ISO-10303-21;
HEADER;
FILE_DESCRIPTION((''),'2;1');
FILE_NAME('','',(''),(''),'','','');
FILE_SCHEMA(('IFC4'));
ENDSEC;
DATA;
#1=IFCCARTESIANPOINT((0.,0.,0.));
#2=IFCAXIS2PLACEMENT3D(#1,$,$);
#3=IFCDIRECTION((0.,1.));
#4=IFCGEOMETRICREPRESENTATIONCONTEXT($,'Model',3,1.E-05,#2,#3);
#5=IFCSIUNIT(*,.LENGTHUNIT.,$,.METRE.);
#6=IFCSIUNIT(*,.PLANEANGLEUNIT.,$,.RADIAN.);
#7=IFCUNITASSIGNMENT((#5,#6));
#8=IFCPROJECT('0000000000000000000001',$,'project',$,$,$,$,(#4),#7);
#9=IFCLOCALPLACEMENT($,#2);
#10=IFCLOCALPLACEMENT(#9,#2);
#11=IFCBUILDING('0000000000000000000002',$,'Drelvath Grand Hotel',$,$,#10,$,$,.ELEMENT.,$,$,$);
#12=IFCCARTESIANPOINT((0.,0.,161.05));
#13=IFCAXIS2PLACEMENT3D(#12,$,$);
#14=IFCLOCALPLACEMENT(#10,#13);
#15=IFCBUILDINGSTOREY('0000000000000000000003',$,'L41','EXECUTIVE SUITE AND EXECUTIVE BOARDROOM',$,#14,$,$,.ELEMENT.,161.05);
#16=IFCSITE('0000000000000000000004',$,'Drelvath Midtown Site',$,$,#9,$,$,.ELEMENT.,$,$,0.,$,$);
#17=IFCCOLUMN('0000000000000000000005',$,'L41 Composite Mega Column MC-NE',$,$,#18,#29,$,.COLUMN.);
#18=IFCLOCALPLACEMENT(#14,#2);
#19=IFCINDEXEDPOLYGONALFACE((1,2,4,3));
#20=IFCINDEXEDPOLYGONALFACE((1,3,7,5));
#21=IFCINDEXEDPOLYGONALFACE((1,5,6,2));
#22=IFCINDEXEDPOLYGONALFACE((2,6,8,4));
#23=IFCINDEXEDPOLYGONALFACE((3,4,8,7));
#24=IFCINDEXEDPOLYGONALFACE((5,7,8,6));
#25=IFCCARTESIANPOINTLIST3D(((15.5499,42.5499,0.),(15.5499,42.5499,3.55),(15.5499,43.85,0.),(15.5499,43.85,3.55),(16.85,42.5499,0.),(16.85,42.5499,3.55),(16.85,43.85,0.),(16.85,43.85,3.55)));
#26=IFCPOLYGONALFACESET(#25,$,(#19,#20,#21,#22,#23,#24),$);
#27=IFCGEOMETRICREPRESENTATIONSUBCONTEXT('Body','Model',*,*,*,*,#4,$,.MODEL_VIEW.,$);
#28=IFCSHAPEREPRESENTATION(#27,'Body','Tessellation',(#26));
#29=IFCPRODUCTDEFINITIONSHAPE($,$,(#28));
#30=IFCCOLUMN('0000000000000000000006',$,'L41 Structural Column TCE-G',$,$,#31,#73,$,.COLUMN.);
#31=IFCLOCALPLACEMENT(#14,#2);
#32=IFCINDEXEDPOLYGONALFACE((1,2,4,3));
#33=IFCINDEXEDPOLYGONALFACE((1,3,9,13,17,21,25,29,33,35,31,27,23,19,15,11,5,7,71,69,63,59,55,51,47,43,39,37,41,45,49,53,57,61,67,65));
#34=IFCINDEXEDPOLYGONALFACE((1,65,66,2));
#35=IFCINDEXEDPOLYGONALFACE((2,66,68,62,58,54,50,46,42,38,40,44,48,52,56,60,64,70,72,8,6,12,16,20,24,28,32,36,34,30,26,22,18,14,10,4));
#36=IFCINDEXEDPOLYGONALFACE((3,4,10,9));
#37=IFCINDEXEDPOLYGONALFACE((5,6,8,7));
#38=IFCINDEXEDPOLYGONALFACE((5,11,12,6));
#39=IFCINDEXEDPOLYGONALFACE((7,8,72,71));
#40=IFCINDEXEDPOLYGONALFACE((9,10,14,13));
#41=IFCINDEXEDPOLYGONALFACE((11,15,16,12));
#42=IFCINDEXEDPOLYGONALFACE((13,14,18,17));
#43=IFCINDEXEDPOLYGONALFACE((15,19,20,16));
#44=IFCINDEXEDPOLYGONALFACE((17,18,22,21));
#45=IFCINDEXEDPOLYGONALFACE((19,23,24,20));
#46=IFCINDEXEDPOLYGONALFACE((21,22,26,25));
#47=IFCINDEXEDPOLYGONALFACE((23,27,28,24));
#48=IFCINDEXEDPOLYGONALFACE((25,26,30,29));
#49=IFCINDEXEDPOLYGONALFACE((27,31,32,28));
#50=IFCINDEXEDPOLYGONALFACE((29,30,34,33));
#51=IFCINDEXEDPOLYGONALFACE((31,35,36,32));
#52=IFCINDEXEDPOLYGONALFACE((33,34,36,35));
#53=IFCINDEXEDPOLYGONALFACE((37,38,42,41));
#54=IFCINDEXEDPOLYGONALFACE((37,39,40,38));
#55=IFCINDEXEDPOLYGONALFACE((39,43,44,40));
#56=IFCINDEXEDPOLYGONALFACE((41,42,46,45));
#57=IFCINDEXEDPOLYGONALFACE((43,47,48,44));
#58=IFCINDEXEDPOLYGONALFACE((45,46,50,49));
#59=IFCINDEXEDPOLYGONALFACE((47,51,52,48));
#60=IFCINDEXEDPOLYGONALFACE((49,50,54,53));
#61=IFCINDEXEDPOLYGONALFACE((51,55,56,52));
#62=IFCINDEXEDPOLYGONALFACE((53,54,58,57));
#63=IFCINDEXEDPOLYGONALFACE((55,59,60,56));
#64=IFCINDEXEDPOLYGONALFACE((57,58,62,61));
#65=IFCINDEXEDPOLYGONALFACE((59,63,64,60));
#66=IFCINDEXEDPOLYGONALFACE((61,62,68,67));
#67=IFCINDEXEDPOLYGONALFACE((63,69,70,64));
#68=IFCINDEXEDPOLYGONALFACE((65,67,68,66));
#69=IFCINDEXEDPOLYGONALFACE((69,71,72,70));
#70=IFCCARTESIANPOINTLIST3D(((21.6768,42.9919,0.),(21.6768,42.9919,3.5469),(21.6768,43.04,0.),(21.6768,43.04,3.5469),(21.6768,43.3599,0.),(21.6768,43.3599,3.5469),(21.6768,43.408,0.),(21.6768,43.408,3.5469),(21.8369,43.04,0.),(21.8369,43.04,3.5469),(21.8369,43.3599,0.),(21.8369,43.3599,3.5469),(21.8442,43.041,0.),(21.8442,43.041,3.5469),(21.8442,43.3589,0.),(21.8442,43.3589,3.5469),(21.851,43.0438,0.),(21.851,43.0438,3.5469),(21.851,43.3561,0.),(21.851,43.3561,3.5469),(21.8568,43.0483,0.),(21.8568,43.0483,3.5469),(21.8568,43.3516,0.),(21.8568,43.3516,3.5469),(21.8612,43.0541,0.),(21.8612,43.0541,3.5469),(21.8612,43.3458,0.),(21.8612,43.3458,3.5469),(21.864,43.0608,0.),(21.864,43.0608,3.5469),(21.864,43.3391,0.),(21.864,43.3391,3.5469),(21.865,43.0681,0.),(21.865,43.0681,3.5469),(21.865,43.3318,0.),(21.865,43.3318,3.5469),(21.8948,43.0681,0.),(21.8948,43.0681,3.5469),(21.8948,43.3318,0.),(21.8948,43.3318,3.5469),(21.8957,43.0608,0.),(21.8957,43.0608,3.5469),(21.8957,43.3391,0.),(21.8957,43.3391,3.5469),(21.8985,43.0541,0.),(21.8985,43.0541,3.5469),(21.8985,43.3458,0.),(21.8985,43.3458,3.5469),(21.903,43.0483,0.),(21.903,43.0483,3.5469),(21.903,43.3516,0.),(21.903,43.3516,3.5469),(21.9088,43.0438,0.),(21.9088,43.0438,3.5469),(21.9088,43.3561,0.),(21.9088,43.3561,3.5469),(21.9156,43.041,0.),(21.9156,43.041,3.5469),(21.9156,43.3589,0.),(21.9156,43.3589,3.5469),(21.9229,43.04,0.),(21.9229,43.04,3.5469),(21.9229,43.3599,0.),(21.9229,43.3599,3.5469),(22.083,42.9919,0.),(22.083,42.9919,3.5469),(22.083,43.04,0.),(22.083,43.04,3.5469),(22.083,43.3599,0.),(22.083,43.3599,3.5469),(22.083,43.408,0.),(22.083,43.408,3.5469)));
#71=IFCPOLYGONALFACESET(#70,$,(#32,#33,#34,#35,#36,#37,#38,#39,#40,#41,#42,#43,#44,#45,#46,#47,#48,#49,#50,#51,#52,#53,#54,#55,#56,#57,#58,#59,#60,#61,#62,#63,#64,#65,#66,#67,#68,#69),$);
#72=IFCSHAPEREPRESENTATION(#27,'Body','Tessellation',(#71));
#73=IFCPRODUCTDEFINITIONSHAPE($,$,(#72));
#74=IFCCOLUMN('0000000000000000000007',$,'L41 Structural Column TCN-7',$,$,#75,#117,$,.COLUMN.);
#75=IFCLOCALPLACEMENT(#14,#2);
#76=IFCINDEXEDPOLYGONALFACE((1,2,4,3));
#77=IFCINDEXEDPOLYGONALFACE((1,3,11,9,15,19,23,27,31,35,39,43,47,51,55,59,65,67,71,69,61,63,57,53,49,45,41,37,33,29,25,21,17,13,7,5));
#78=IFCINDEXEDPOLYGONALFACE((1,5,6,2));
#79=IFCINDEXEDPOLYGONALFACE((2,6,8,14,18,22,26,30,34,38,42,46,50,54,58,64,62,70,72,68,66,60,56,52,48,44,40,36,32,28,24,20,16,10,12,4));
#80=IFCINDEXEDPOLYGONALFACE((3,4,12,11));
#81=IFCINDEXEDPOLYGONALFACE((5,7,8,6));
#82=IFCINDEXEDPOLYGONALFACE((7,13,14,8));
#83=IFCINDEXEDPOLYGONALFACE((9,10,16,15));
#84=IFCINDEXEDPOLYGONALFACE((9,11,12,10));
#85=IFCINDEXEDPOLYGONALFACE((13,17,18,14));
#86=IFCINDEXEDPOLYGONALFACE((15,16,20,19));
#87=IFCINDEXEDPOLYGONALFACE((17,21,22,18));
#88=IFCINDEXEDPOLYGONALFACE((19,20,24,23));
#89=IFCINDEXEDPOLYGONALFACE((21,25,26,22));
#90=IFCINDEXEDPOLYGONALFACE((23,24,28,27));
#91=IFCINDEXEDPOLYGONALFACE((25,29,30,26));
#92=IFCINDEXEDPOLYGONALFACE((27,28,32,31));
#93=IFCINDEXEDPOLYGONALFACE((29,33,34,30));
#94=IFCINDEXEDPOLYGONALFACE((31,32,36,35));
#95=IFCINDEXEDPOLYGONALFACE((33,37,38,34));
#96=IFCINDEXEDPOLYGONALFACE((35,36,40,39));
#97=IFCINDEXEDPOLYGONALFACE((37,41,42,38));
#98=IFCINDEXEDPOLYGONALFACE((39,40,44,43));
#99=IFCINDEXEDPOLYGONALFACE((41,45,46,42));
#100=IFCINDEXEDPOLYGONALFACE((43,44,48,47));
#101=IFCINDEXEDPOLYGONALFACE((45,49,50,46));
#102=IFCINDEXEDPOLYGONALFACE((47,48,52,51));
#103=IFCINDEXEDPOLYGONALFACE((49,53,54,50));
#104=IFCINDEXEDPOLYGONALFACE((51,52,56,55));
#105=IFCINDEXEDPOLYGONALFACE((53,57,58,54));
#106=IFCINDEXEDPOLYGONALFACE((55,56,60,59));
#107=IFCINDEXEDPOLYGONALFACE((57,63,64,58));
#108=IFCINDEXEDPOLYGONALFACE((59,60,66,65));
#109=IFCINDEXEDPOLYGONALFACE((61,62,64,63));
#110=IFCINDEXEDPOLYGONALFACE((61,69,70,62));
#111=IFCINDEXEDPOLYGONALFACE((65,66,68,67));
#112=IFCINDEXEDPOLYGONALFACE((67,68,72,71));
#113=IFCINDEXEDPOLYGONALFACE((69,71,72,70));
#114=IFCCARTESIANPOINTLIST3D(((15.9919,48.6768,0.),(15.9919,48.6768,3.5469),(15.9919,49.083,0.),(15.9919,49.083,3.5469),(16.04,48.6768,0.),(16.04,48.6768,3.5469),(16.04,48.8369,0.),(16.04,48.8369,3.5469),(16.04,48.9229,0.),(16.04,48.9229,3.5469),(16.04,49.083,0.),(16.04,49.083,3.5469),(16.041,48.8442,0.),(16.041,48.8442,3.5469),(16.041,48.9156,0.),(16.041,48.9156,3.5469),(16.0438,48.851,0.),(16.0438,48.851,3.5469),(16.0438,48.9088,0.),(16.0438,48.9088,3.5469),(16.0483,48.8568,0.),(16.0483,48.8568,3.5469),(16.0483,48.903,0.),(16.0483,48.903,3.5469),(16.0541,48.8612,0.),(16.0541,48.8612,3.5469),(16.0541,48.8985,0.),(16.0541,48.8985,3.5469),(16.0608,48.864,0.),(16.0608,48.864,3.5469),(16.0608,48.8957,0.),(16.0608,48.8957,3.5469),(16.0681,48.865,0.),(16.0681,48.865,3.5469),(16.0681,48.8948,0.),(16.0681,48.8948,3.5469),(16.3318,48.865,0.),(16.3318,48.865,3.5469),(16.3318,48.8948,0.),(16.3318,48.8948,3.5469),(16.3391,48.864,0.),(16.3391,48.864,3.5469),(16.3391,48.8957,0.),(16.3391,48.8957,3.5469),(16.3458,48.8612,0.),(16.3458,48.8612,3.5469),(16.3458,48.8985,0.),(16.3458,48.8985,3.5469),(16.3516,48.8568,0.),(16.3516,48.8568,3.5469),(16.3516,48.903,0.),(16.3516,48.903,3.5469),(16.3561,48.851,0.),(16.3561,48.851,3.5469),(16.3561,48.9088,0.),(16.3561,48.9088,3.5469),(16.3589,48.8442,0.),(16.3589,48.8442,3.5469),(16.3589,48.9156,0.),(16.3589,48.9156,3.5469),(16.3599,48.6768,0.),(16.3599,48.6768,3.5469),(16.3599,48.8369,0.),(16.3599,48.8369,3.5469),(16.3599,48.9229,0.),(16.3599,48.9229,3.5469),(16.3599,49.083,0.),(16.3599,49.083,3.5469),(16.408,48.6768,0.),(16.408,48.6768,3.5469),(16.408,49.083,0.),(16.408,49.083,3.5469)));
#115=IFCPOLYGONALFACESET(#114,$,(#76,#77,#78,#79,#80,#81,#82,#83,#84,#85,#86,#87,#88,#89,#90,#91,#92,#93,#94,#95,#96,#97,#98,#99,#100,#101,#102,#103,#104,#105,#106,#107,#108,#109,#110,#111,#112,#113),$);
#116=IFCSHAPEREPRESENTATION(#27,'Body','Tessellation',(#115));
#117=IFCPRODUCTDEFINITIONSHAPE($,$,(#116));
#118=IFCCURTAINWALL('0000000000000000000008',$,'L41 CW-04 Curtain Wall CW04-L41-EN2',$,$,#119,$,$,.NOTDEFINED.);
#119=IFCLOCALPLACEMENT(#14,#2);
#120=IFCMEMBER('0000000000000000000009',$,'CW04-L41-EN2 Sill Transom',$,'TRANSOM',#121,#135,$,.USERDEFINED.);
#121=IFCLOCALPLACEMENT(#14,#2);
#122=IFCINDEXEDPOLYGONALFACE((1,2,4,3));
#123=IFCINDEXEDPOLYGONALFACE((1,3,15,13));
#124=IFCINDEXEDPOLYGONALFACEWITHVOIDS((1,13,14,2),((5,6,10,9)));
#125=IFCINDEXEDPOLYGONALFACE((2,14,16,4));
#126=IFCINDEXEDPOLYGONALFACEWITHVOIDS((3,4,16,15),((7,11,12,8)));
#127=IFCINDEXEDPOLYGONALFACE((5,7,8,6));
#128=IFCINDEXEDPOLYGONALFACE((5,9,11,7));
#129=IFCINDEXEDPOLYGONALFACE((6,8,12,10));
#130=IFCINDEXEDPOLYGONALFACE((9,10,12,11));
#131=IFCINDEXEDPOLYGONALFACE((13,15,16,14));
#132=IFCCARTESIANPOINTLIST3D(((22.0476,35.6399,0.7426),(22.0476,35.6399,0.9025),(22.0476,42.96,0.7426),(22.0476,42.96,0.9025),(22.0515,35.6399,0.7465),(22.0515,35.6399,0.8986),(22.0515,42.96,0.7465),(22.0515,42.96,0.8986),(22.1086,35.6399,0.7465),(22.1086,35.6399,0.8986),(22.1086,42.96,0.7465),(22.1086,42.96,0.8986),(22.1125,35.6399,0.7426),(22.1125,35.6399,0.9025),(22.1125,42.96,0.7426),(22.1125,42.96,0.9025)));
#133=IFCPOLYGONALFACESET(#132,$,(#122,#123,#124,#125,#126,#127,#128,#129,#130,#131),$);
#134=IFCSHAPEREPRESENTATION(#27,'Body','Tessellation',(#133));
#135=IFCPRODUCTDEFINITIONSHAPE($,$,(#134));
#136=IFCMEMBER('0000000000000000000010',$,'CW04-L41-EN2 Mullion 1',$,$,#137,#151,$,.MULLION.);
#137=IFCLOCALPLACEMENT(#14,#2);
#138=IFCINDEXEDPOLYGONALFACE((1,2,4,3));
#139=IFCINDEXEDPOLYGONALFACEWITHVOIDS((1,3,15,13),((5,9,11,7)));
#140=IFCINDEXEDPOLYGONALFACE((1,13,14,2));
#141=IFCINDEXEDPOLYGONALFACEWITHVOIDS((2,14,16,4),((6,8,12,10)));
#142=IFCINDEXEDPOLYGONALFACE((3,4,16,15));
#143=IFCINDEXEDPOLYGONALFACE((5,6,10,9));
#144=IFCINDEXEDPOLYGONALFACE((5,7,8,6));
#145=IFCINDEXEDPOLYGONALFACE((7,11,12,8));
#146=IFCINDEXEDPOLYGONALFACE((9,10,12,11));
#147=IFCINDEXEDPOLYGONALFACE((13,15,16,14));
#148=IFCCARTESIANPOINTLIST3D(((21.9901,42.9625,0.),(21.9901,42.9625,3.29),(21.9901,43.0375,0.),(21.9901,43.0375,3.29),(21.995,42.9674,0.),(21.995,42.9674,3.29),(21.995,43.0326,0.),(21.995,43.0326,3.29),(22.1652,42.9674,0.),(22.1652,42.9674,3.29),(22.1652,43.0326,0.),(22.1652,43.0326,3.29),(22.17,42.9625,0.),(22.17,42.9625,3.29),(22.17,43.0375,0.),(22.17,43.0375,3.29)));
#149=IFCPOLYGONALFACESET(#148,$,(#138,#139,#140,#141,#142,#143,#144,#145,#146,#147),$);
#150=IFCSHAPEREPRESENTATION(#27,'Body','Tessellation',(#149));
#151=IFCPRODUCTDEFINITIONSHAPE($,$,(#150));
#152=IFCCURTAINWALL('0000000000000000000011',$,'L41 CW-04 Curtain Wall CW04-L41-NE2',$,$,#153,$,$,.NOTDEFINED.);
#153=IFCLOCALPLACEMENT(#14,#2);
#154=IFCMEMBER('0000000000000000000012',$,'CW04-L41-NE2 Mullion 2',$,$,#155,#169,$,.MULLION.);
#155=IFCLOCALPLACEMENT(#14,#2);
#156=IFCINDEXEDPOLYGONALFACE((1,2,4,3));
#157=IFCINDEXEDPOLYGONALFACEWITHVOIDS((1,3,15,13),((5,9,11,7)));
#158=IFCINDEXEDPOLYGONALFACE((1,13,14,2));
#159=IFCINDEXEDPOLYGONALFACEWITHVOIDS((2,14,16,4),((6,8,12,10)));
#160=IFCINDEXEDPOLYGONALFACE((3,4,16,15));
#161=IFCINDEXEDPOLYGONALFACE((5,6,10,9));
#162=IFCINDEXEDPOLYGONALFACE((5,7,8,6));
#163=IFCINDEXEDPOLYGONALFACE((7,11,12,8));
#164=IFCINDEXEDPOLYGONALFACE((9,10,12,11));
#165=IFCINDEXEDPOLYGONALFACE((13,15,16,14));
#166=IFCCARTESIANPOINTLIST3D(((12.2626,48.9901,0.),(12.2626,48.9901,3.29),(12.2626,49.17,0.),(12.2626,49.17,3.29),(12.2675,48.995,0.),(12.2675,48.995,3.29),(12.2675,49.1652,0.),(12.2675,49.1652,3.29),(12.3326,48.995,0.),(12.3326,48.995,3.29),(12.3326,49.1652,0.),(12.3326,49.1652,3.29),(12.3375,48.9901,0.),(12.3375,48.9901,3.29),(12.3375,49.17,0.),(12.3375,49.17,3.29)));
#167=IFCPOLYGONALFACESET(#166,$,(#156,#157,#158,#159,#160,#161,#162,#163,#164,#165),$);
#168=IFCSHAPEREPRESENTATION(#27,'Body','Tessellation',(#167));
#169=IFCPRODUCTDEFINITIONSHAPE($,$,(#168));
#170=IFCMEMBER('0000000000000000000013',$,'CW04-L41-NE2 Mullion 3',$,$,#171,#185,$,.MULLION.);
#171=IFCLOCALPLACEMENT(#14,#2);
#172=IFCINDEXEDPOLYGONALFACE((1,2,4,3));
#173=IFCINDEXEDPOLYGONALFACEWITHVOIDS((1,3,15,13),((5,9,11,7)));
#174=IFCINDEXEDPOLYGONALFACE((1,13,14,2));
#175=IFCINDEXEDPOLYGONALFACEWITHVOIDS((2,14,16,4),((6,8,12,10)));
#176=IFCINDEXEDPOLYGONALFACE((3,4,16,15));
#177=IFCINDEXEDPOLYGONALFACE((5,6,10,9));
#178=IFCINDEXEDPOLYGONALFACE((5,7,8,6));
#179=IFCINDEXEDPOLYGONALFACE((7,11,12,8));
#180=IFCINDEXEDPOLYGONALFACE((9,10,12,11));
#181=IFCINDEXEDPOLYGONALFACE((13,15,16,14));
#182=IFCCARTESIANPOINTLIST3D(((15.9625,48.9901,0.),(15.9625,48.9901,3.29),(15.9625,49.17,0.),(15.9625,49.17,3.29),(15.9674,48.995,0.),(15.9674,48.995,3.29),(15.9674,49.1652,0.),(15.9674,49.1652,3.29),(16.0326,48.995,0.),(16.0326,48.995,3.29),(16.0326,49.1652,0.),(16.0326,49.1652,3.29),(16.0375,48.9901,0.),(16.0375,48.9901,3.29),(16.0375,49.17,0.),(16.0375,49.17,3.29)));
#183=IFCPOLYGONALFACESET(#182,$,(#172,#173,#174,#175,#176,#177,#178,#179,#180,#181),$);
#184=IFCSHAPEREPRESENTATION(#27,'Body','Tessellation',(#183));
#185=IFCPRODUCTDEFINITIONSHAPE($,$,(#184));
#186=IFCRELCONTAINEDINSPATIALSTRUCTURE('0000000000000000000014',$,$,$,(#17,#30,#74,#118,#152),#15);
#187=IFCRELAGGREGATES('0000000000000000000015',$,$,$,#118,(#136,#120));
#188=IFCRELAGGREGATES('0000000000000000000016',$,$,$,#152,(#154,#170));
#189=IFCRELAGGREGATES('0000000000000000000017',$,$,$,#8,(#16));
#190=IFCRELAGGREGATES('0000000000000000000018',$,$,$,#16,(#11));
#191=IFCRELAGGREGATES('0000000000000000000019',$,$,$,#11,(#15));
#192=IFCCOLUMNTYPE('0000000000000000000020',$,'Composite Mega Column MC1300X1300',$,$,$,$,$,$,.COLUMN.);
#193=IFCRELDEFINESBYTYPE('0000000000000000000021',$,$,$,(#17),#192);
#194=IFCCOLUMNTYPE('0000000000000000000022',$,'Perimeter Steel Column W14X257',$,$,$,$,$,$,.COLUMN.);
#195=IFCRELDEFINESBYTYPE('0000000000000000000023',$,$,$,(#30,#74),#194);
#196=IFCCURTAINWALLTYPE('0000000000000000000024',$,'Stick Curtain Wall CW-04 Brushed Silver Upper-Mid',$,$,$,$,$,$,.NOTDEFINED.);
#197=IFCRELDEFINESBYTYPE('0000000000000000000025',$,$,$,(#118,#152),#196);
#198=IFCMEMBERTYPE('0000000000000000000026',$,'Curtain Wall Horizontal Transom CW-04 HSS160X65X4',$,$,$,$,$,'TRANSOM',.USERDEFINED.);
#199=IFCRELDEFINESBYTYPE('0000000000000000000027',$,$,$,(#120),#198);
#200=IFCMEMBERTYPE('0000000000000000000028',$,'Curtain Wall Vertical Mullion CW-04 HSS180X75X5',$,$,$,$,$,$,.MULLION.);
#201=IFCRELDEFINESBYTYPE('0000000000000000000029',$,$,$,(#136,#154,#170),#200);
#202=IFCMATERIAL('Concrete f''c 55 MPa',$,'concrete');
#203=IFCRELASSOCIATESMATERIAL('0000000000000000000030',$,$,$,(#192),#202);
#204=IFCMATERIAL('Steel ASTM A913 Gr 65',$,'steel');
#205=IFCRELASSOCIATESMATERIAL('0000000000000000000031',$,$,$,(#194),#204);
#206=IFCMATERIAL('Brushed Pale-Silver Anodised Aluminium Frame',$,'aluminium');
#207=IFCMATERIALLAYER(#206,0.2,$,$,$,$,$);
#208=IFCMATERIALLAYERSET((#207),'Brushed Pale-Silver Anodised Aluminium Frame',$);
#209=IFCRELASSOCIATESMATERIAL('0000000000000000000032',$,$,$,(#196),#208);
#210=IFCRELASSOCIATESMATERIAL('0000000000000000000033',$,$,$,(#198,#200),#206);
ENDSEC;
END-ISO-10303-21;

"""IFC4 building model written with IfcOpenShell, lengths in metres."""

from ifc_helpers import new_model, si_unit, direction, frame, origin, origin_2d, place, context, subcontext, project, spatial, rectangle, hollow_rectangle, i_section, extrude, material, layer, layer_set, material_profile, profile_set, type_object, element, aggregate, save


model = new_model("IFC4")

# Units and contexts
model_context = context("Model", 3, precision=1e-05, world=origin(), true_north=direction((0.0, 1.0)))
body_context = subcontext(model_context, "Body", "Model", "MODEL_VIEW")
ifc_project = project(units=[si_unit("LENGTHUNIT", "METRE"), si_unit("PLANEANGLEUNIT", "RADIAN")], contexts=[model_context])

# Site, building, storey
site_placement = place(None, origin())
site = spatial("IfcSite", under=ifc_project, at=site_placement, Name="Drelvath Midtown Site", CompositionType="ELEMENT", RefElevation=0.0)
building_placement = place(site_placement, origin())
building = spatial("IfcBuilding", under=site, at=building_placement, Name="Drelvath Grand Hotel", CompositionType="ELEMENT")
storey_placement = place(building_placement, frame((0.0, 0.0, 161.05)))
storey = spatial("IfcBuildingStorey", under=building, at=storey_placement, Name="L41", Description="EXECUTIVE SUITE AND EXECUTIVE BOARDROOM", CompositionType="ELEMENT", Elevation=161.05)

# Columns
ifc_material_1 = material(Name="Concrete f'c 55 MPa", Category="concrete")
ifc_material_profile_1 = material_profile(ifc_material_1, rectangle(XDim=1.3, YDim=1.3, at=origin_2d()), Name="MC1300X1300")
ifc_profile_set_1 = profile_set([ifc_material_profile_1], Name="Concrete f'c 55 MPa")
column_type_1 = type_object("IfcColumnType", Name="Composite Mega Column MC1300X1300", PredefinedType="COLUMN", material=ifc_profile_set_1)
column_placement = place(storey_placement, frame((16.2, 43.2, 0.0), z_axis=(0.0, 0.0, 1.0), x_axis=(1.0, 0.0, 0.0)))
element("IfcColumn", 1, at=column_placement, inside=storey, type_object=column_type_1, Name="L41 Composite Mega Column MC-NE", PredefinedType="COLUMN", context=body_context, shape_type="SweptSolid", body=[
    extrude(rectangle(XDim=1.3, YDim=1.3, at=origin_2d()), origin(), (0.0, 0.0, 1.0), 3.55),
])
ifc_material_2 = material(Name="Steel ASTM A913 Gr 65", Category="steel")
ifc_material_profile_2 = material_profile(ifc_material_2, i_section(OverallWidth=0.4062, OverallDepth=0.416, WebThickness=0.0298, FlangeThickness=0.0481, FilletRadius=0.0281, at=origin_2d()), Name="W14X257")
ifc_profile_set_2 = profile_set([ifc_material_profile_2], Name="Steel ASTM A913 Gr 65")
column_type_2 = type_object("IfcColumnType", Name="Perimeter Steel Column W14X257", PredefinedType="COLUMN", material=ifc_profile_set_2)
for number, where, z_axis, x_axis, name in (
    (2, (21.8799, 43.2, 0.0), (0.0, 0.0, 1.0), (1.0, 0.0, 0.0), "L41 Structural Column TCE-G"),
    (3, (16.2, 48.8799, 0.0), (0.0, 0.0, 1.0), (0.0, 1.0, 0.0), "L41 Structural Column TCN-7"),
):
    element("IfcColumn", number, at=place(storey_placement, frame(where, z_axis=z_axis, x_axis=x_axis)), inside=storey, type_object=column_type_2, Name=name, PredefinedType="COLUMN", context=body_context, shape_type="SweptSolid", body=[
        extrude(i_section(OverallWidth=0.4062, OverallDepth=0.416, WebThickness=0.0298, FlangeThickness=0.0481, FilletRadius=0.0281, at=origin_2d()), origin(), (0.0, 0.0, 1.0), 3.5469),
    ])

# Curtain walls, members
ifc_material_3 = material(Name="Brushed Pale-Silver Anodised Aluminium Frame", Category="aluminium")
ifc_layer_1 = layer(ifc_material_3, 0.2)
ifc_layer_set_1 = layer_set([ifc_layer_1], Name="Brushed Pale-Silver Anodised Aluminium Frame")
curtain_wall_type = type_object("IfcCurtainWallType", Name="Stick Curtain Wall CW-04 Brushed Silver Upper-Mid", PredefinedType="NOTDEFINED", material=ifc_layer_set_1)
curtain_wall_1_placement = place(storey_placement, origin())
curtain_wall_1 = element("IfcCurtainWall", 4, at=curtain_wall_1_placement, inside=storey, type_object=curtain_wall_type, Name="L41 CW-04 Curtain Wall CW04-L41-EN2", PredefinedType="NOTDEFINED")
ifc_material_profile_3 = material_profile(ifc_material_3, hollow_rectangle(XDim=0.0649, YDim=0.1599, WallThickness=0.0039, at=origin_2d()), Name="HSS160X65X4")
ifc_profile_set_3 = profile_set([ifc_material_profile_3], Name="Brushed Pale-Silver Anodised Aluminium Frame")
member_type_1 = type_object("IfcMemberType", Name="Curtain Wall Horizontal Transom CW-04 HSS160X65X4", ElementType="TRANSOM", PredefinedType="USERDEFINED", material=ifc_profile_set_3)
member_1_placement = place(storey_placement, frame((22.0801, 42.96, 0.8225), z_axis=(0.0, -1.0, 0.0), x_axis=(1.0, 0.0, 0.0)))
member_1 = element("IfcMember", 5, at=member_1_placement, type_object=member_type_1, Name="CW04-L41-EN2 Sill Transom", ObjectType="TRANSOM", PredefinedType="USERDEFINED", context=body_context, shape_type="SweptSolid", body=[
    extrude(hollow_rectangle(XDim=0.0649, YDim=0.1599, WallThickness=0.0039, at=origin_2d()), origin(), (0.0, 0.0, 1.0), 7.3201),
])
ifc_material_profile_4 = material_profile(ifc_material_3, hollow_rectangle(XDim=0.075, YDim=0.1799, WallThickness=0.0049, at=origin_2d()), Name="HSS180X75X5")
ifc_profile_set_4 = profile_set([ifc_material_profile_4], Name="Brushed Pale-Silver Anodised Aluminium Frame")
member_type_2 = type_object("IfcMemberType", Name="Curtain Wall Vertical Mullion CW-04 HSS180X75X5", PredefinedType="MULLION", material=ifc_profile_set_4)
member_2_placement = place(storey_placement, frame((22.0801, 43.0, 0.0), z_axis=(0.0, 0.0, 1.0), x_axis=(0.0, 1.0, 0.0)))
member_2 = element("IfcMember", 6, at=member_2_placement, type_object=member_type_2, Name="CW04-L41-EN2 Mullion 1", PredefinedType="MULLION", context=body_context, shape_type="SweptSolid", body=[
    extrude(hollow_rectangle(XDim=0.075, YDim=0.1799, WallThickness=0.0049, at=origin_2d()), origin(), (0.0, 0.0, 1.0), 3.29),
])
curtain_wall_2_placement = place(storey_placement, origin())
curtain_wall_2 = element("IfcCurtainWall", 7, at=curtain_wall_2_placement, inside=storey, type_object=curtain_wall_type, Name="L41 CW-04 Curtain Wall CW04-L41-NE2", PredefinedType="NOTDEFINED")
member_3_placement = place(storey_placement, frame((12.3, 49.0801, 0.0), z_axis=(0.0, 0.0, 1.0), x_axis=(1.0, 0.0, 0.0)))
member_3 = element("IfcMember", 8, at=member_3_placement, type_object=member_type_2, Name="CW04-L41-NE2 Mullion 2", PredefinedType="MULLION", context=body_context, shape_type="SweptSolid", body=[
    extrude(hollow_rectangle(XDim=0.075, YDim=0.1799, WallThickness=0.0049, at=origin_2d()), origin(), (0.0, 0.0, 1.0), 3.29),
])
member_4_placement = place(storey_placement, frame((16.0, 49.0801, 0.0), z_axis=(0.0, 0.0, 1.0), x_axis=(1.0, 0.0, 0.0)))
member_4 = element("IfcMember", 9, at=member_4_placement, type_object=member_type_2, Name="CW04-L41-NE2 Mullion 3", PredefinedType="MULLION", context=body_context, shape_type="SweptSolid", body=[
    extrude(hollow_rectangle(XDim=0.075, YDim=0.1799, WallThickness=0.0049, at=origin_2d()), origin(), (0.0, 0.0, 1.0), 3.29),
])

aggregate(curtain_wall_1, [member_2, member_1])
aggregate(curtain_wall_2, [member_3, member_4])

save(model, "model.ifc")
